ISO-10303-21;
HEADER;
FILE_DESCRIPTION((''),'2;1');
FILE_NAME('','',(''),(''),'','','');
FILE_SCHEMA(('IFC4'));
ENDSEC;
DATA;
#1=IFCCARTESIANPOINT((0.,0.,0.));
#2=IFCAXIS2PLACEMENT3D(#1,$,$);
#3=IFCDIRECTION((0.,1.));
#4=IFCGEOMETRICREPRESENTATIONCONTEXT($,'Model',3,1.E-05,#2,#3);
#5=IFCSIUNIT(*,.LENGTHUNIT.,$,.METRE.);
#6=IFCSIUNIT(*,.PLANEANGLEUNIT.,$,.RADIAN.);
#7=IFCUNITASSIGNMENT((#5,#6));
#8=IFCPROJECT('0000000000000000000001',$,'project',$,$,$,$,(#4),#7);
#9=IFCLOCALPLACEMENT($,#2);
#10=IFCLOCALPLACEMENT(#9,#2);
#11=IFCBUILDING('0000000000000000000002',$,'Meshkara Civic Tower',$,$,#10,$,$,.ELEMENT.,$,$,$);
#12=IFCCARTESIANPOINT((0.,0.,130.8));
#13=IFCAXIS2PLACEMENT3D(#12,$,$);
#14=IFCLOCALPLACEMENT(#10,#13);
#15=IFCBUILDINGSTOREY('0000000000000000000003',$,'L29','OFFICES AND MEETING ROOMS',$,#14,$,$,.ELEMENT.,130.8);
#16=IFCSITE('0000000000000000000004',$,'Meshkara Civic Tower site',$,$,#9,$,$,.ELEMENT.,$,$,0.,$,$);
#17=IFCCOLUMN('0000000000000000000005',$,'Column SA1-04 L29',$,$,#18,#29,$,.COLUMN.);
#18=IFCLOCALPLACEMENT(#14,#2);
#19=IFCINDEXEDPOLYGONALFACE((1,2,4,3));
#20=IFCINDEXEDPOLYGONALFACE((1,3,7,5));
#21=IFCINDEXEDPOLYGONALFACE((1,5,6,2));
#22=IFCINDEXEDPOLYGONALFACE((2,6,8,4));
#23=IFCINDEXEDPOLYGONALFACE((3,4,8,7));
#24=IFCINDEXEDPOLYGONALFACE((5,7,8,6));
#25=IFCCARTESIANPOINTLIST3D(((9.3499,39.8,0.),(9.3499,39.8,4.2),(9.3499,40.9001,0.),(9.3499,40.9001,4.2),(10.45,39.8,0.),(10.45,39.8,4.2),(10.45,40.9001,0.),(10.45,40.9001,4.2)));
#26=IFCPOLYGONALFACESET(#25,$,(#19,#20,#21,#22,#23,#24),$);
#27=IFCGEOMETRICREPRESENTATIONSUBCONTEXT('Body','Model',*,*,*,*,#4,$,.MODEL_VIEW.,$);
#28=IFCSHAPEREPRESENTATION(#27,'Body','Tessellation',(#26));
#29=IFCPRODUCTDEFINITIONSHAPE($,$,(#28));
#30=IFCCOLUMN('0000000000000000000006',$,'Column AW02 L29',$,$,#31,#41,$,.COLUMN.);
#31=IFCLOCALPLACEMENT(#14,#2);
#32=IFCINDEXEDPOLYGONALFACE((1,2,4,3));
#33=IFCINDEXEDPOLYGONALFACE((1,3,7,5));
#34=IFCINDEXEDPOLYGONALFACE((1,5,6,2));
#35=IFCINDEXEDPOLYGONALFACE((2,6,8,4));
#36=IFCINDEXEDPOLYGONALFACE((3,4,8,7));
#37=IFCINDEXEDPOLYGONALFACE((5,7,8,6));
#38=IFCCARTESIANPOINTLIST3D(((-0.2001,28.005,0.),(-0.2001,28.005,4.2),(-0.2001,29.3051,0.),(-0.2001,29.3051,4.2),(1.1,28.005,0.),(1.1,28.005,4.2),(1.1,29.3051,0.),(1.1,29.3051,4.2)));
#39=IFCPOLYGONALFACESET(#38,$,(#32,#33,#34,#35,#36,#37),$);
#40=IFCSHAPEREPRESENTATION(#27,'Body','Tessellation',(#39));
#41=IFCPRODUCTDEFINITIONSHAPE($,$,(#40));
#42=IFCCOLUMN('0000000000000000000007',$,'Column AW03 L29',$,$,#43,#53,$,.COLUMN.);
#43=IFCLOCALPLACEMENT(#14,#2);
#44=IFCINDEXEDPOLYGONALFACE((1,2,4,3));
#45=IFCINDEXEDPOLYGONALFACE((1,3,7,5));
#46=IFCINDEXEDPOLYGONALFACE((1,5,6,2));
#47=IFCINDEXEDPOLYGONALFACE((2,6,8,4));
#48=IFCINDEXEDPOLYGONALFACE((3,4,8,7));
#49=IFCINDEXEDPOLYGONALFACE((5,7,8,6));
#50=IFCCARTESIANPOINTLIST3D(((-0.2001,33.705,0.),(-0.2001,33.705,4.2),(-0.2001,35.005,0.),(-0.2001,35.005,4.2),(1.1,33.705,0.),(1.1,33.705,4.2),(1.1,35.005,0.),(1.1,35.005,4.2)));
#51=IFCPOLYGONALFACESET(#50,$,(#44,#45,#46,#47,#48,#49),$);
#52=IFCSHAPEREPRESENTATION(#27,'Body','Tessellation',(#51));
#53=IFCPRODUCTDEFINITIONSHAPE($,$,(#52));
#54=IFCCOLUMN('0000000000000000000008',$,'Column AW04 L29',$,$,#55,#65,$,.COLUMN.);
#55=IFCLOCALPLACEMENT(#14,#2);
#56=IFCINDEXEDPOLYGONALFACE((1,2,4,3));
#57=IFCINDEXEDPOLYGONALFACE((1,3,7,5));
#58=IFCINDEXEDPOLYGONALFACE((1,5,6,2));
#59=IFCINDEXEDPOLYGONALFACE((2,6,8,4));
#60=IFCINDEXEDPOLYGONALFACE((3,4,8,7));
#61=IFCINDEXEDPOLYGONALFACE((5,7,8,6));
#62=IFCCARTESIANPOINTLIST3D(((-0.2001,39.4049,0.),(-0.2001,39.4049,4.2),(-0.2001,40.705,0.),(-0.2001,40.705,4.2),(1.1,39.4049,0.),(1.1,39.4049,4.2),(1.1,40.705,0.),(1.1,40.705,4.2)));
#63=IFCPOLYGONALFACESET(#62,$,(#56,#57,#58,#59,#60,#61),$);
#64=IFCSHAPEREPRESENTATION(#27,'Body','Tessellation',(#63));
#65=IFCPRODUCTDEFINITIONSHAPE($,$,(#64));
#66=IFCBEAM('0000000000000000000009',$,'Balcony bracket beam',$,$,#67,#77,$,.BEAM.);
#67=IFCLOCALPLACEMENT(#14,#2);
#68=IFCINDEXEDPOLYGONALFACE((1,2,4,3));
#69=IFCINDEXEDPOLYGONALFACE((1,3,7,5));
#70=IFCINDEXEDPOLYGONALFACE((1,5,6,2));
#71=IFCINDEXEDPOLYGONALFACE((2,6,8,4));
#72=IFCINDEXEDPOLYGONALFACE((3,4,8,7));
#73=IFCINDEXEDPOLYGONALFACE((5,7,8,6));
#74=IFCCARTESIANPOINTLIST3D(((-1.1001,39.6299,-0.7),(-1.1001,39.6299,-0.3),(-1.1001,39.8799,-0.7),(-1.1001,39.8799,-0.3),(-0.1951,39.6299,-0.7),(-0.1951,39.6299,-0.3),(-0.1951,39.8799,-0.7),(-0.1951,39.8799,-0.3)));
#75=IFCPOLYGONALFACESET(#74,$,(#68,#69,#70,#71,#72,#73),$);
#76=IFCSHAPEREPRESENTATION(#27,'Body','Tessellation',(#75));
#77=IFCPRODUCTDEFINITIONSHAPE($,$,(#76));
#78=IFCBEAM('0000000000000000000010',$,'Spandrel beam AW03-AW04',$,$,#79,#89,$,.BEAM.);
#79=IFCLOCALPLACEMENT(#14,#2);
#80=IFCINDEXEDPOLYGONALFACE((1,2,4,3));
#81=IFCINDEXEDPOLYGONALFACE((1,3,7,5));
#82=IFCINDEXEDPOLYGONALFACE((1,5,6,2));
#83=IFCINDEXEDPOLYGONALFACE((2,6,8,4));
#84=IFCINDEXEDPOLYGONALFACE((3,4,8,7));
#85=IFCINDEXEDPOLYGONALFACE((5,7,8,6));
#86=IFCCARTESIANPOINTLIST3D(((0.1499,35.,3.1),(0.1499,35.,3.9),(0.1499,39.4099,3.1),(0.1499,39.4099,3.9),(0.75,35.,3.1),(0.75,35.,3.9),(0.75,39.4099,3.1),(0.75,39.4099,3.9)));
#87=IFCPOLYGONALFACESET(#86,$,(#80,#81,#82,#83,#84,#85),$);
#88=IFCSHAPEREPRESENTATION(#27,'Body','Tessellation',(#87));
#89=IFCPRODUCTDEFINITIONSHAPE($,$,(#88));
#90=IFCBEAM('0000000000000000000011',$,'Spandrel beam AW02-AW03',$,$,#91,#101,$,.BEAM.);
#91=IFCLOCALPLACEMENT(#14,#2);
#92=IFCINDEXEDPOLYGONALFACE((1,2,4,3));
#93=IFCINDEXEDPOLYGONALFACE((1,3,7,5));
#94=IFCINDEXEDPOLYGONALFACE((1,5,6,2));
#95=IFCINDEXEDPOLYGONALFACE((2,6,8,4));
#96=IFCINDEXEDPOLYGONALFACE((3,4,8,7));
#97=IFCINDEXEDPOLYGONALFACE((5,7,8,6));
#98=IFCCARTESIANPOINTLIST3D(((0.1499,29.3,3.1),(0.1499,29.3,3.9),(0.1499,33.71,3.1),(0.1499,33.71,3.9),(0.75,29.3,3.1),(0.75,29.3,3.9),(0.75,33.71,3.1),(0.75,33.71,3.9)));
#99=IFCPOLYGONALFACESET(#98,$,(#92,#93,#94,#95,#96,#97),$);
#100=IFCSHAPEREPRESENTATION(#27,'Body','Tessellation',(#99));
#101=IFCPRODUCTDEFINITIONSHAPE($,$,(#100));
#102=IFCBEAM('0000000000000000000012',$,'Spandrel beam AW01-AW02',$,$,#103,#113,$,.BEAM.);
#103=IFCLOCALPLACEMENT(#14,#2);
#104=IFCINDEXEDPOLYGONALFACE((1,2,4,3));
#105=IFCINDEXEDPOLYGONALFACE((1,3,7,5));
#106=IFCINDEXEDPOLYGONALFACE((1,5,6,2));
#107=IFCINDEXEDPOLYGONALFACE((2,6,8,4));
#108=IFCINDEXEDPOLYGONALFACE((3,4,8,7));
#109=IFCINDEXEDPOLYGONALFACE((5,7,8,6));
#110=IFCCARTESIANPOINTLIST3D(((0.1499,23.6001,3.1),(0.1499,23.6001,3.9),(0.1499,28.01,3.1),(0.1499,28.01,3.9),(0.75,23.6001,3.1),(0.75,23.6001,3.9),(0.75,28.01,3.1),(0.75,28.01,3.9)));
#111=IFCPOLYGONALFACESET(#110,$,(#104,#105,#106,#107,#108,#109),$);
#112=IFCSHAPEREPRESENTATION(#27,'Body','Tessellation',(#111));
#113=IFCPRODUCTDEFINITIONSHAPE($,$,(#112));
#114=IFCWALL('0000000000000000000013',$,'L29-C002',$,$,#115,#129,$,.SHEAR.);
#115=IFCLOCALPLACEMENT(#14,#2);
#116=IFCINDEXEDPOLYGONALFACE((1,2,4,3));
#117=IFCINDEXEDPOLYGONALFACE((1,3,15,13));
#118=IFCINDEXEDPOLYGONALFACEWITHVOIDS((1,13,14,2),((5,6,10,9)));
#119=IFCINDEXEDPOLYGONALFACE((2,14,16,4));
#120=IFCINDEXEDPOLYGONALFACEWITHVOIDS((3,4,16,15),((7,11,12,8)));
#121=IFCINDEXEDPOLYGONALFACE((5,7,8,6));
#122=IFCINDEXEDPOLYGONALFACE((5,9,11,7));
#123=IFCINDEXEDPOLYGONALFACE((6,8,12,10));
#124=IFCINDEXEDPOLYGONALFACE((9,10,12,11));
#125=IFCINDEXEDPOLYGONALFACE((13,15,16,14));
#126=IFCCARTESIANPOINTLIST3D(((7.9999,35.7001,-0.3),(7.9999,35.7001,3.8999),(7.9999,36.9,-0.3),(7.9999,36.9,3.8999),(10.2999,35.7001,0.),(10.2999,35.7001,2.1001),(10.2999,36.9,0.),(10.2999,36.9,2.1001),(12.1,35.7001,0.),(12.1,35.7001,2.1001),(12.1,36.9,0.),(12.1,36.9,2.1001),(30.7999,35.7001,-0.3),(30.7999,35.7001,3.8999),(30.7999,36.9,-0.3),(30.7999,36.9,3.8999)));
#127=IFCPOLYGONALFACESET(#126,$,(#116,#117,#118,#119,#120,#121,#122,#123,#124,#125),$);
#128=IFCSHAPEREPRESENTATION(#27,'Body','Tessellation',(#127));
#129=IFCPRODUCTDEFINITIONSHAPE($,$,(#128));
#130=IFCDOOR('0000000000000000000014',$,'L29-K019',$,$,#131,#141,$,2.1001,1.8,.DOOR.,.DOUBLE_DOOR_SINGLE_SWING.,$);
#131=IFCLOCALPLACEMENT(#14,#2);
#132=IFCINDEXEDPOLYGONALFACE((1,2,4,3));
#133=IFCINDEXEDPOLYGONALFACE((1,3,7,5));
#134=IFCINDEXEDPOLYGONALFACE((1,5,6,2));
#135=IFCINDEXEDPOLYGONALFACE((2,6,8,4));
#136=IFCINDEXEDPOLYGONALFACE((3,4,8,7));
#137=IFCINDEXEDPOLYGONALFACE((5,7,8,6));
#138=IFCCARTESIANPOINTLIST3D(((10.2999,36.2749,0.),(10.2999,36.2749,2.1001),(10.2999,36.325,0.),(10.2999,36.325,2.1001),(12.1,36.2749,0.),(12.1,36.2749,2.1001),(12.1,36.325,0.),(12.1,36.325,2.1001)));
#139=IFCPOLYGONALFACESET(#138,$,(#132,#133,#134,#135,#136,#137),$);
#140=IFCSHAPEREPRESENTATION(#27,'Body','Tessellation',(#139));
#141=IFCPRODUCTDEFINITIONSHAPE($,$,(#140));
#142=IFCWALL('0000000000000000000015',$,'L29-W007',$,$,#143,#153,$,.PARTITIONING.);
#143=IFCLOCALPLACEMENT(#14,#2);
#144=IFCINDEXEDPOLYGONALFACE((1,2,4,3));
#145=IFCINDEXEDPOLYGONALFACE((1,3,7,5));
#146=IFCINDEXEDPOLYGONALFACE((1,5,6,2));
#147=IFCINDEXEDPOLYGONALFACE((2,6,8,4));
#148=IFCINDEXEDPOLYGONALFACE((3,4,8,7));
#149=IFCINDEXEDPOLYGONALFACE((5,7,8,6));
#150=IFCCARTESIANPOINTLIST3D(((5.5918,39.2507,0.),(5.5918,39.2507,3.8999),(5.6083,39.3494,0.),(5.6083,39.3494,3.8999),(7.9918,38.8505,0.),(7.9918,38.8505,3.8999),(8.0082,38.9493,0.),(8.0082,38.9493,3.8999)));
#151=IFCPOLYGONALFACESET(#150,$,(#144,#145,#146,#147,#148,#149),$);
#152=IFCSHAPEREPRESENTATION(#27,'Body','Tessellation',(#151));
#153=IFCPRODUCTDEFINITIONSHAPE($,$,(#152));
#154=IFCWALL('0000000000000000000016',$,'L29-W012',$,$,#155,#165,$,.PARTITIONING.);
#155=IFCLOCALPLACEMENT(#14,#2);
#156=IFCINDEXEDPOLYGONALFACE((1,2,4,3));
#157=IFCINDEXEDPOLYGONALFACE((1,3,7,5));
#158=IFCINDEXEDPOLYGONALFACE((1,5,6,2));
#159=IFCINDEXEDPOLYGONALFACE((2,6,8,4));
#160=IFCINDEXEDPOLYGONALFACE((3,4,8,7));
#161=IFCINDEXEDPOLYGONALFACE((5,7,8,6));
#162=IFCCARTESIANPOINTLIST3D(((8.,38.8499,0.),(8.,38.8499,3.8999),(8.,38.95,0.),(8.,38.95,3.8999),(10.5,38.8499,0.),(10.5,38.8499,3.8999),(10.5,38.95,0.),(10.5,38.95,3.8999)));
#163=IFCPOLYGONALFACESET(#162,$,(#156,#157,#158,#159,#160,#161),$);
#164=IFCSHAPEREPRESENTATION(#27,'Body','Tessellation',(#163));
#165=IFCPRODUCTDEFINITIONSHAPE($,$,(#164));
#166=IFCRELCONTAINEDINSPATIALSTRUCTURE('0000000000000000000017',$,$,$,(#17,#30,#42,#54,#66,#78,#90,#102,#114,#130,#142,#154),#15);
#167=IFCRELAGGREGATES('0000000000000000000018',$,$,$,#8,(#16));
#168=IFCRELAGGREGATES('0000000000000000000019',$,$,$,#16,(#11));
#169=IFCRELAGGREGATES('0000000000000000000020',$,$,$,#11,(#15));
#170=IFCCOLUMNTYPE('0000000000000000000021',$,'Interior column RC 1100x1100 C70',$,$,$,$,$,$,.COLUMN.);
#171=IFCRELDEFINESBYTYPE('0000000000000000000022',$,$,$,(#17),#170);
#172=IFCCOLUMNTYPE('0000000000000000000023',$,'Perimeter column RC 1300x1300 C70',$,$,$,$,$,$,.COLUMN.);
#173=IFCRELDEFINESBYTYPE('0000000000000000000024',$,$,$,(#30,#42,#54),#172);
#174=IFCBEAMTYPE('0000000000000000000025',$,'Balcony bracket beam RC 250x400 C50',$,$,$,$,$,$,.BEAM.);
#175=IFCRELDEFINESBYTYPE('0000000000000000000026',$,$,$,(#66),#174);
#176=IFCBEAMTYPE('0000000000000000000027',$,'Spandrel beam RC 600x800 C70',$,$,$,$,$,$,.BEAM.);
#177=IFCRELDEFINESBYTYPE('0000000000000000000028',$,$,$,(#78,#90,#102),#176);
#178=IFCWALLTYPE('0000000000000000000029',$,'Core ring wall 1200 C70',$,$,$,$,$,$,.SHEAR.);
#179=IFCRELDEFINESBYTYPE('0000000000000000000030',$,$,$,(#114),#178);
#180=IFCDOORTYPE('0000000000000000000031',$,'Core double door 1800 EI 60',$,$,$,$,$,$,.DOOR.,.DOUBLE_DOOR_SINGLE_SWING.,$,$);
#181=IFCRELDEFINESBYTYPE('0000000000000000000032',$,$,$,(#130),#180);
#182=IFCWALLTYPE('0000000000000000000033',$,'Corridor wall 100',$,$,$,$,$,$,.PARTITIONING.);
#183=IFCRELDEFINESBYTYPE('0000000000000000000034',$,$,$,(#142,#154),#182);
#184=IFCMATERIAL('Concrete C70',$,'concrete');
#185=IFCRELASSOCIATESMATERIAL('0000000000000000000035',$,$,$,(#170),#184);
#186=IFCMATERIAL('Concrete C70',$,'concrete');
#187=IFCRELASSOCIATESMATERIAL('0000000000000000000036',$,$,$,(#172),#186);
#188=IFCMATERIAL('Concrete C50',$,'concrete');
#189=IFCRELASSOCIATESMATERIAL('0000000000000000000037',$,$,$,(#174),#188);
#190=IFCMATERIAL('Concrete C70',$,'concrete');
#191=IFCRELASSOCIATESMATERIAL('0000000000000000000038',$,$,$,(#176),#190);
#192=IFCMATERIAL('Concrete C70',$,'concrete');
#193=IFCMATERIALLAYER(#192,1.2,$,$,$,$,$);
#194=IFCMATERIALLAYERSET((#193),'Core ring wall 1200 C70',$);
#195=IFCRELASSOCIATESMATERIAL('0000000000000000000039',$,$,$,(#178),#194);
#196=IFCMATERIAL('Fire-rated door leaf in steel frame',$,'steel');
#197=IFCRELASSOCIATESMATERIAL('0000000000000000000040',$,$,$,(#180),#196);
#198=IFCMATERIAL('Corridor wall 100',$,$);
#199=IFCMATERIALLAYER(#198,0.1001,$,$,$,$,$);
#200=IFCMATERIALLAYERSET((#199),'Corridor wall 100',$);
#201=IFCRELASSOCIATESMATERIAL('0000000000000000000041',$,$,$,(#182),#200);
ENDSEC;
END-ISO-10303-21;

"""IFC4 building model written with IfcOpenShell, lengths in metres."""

from ifc_helpers import new_model, si_unit, direction, frame, frame_2d, origin, origin_2d, place, context, subcontext, project, spatial, rectangle, extrude, material, layer, layer_set, material_profile, profile_set, type_object, element, fill, save


model = new_model("IFC4")

# Units and contexts
model_context = context("Model", 3, precision=1e-05, world=origin(), true_north=direction((0.0, 1.0)))
body_context = subcontext(model_context, "Body", "Model", "MODEL_VIEW")
ifc_project = project(units=[si_unit("LENGTHUNIT", "METRE"), si_unit("PLANEANGLEUNIT", "RADIAN")], contexts=[model_context])

# Site, building, storey
site_placement = place(None, origin())
site = spatial("IfcSite", under=ifc_project, at=site_placement, Name="Meshkara Civic Tower site", CompositionType="ELEMENT", RefElevation=0.0)
building_placement = place(site_placement, origin())
building = spatial("IfcBuilding", under=site, at=building_placement, Name="Meshkara Civic Tower", CompositionType="ELEMENT")
storey_placement = place(building_placement, frame((0.0, 0.0, 130.8)))
storey = spatial("IfcBuildingStorey", under=building, at=storey_placement, Name="L29", Description="OFFICES AND MEETING ROOMS", CompositionType="ELEMENT", Elevation=130.8)

# Columns
ifc_material_1 = material(Name="Concrete C70", Category="concrete")
ifc_material_profile_1 = material_profile(ifc_material_1, rectangle(XDim=1.1001, YDim=1.1001, at=origin_2d()))
ifc_profile_set_1 = profile_set([ifc_material_profile_1], Name="Concrete C70")
column_type_1 = type_object("IfcColumnType", Name="Interior column RC 1100x1100 C70", PredefinedType="COLUMN", material=ifc_profile_set_1)
column_placement = place(storey_placement, frame((9.8999, 40.3501, 0.0), z_axis=(0.0, 0.0, 1.0), x_axis=(1.0, 0.0, 0.0)))
element("IfcColumn", 1, at=column_placement, inside=storey, type_object=column_type_1, Name="Column SA1-04 L29", PredefinedType="COLUMN", context=body_context, shape_type="SweptSolid", body=[
    extrude(rectangle(XDim=1.1001, YDim=1.1001, at=origin_2d()), origin(), (0.0, 0.0, 1.0), 4.2),
])
ifc_material_2 = material(Name="Concrete C70", Category="concrete")
ifc_material_profile_2 = material_profile(ifc_material_2, rectangle(XDim=1.3, YDim=1.3, at=origin_2d()))
ifc_profile_set_2 = profile_set([ifc_material_profile_2], Name="Concrete C70")
column_type_2 = type_object("IfcColumnType", Name="Perimeter column RC 1300x1300 C70", PredefinedType="COLUMN", material=ifc_profile_set_2)
for number, where, z_axis, x_axis, name in (
    (2, (0.45, 28.655, 0.0), (0.0, 0.0, 1.0), (1.0, 0.0, 0.0), "Column AW02 L29"),
    (3, (0.45, 34.355, 0.0), (0.0, 0.0, 1.0), (1.0, 0.0, 0.0), "Column AW03 L29"),
    (4, (0.45, 40.0549, 0.0), (0.0, 0.0, 1.0), (1.0, 0.0, 0.0), "Column AW04 L29"),
):
    element("IfcColumn", number, at=place(storey_placement, frame(where, z_axis=z_axis, x_axis=x_axis)), inside=storey, type_object=column_type_2, Name=name, PredefinedType="COLUMN", context=body_context, shape_type="SweptSolid", body=[
        extrude(rectangle(XDim=1.3, YDim=1.3, at=origin_2d()), origin(), (0.0, 0.0, 1.0), 4.2),
    ])

# Beams
ifc_material_3 = material(Name="Concrete C50", Category="concrete")
ifc_material_profile_3 = material_profile(ifc_material_3, rectangle(XDim=0.25, YDim=0.3999, at=origin_2d()))
ifc_profile_set_3 = profile_set([ifc_material_profile_3], Name="Concrete C50")
beam_type_1 = type_object("IfcBeamType", Name="Balcony bracket beam RC 250x400 C50", PredefinedType="BEAM", material=ifc_profile_set_3)
beam_placement = place(storey_placement, frame((-0.1951, 39.7549, -0.5), z_axis=(-1.0, 0.0, 0.0), x_axis=(0.0, -1.0, 0.0)))
element("IfcBeam", 5, at=beam_placement, inside=storey, type_object=beam_type_1, Name="Balcony bracket beam", PredefinedType="BEAM", context=body_context, shape_type="SweptSolid", body=[
    extrude(rectangle(XDim=0.25, YDim=0.3999, at=origin_2d()), origin(), (0.0, 0.0, 1.0), 0.905),
])
ifc_material_4 = material(Name="Concrete C70", Category="concrete")
ifc_material_profile_4 = material_profile(ifc_material_4, rectangle(XDim=0.6001, YDim=0.8, at=origin_2d()))
ifc_profile_set_4 = profile_set([ifc_material_profile_4], Name="Concrete C70")
beam_type_2 = type_object("IfcBeamType", Name="Spandrel beam RC 600x800 C70", PredefinedType="BEAM", material=ifc_profile_set_4)
for number, where, z_axis, x_axis, name in (
    (6, (0.45, 39.4099, 3.5), (0.0, -1.0, 0.0), (1.0, 0.0, 0.0), "Spandrel beam AW03-AW04"),
    (7, (0.45, 33.71, 3.5), (0.0, -1.0, 0.0), (1.0, 0.0, 0.0), "Spandrel beam AW02-AW03"),
    (8, (0.45, 28.01, 3.5), (0.0, -1.0, 0.0), (1.0, 0.0, 0.0), "Spandrel beam AW01-AW02"),
):
    element("IfcBeam", number, at=place(storey_placement, frame(where, z_axis=z_axis, x_axis=x_axis)), inside=storey, type_object=beam_type_2, Name=name, PredefinedType="BEAM", context=body_context, shape_type="SweptSolid", body=[
        extrude(rectangle(XDim=0.6001, YDim=0.8, at=origin_2d()), origin(), (0.0, 0.0, 1.0), 4.4099),
    ])

# Wall, opening, door
ifc_material_5 = material(Name="Concrete C70", Category="concrete")
ifc_layer_1 = layer(ifc_material_5, 1.2)
ifc_layer_set_1 = layer_set([ifc_layer_1], Name="Core ring wall 1200 C70")
wall_type_1 = type_object("IfcWallType", Name="Core ring wall 1200 C70", PredefinedType="SHEAR", material=ifc_layer_set_1)
wall_1_placement = place(storey_placement, frame((8.0, 36.3, -0.3), z_axis=(0.0, 0.0, 1.0), x_axis=(1.0, 0.0, 0.0)))
wall_1 = element("IfcWall", 9, at=wall_1_placement, inside=storey, type_object=wall_type_1, Name="L29-C002", PredefinedType="SHEAR", context=body_context, shape_type="SweptSolid", body=[
    extrude(rectangle(XDim=22.8, YDim=1.2, at=frame_2d((11.3999, 0.0))), origin(), (0.0, 0.0, 1.0), 4.2),
])
opening_1_placement = place(wall_1_placement, frame((2.3, 0.0, 0.3)))
opening_1 = element("IfcOpeningElement", 10, at=opening_1_placement, cuts=wall_1, PredefinedType="OPENING", context=body_context, shape_type="SweptSolid", body=[
    extrude(rectangle(XDim=1.8, YDim=2.1001, at=frame_2d((0.8999, 1.05))), frame((0.0, 0.6099, 0.0), z_axis=(0.0, -1.0, 0.0), x_axis=(1.0, 0.0, 0.0)), (0.0, 0.0, 1.0), 1.22),
])
ifc_material_6 = material(Name="Fire-rated door leaf in steel frame", Category="steel")
door_type_1 = type_object("IfcDoorType", Name="Core double door 1800 EI 60", OperationType="DOUBLE_DOOR_SINGLE_SWING", PredefinedType="DOOR", material=ifc_material_6)
door_1_placement = place(opening_1_placement, origin())
door_1 = element("IfcDoor", 11, at=door_1_placement, inside=storey, type_object=door_type_1, Name="L29-K019", OperationType="DOUBLE_DOOR_SINGLE_SWING", OverallHeight=2.1001, OverallWidth=1.8, PredefinedType="DOOR", context=body_context, shape_type="SweptSolid", body=[
    extrude(rectangle(XDim=1.8, YDim=2.1001, at=frame_2d((0.8999, 1.05))), frame((0.0, 0.0249, 0.0), z_axis=(0.0, -1.0, 0.0), x_axis=(1.0, 0.0, 0.0)), (0.0, 0.0, 1.0), 0.05),
])
fill(opening_1, door_1)

# Walls
ifc_material_7 = material(Name="Corridor wall 100")
ifc_layer_2 = layer(ifc_material_7, 0.1001)
ifc_layer_set_2 = layer_set([ifc_layer_2], Name="Corridor wall 100")
wall_type_2 = type_object("IfcWallType", Name="Corridor wall 100", PredefinedType="PARTITIONING", material=ifc_layer_set_2)
wall_2_placement = place(storey_placement, frame((8.0, 38.8999, 0.0), z_axis=(0.0, 0.0, 1.0), x_axis=(-0.986383, 0.164464, 0.0)))
element("IfcWall", 12, at=wall_2_placement, inside=storey, type_object=wall_type_2, Name="L29-W007", PredefinedType="PARTITIONING", context=body_context, shape_type="SweptSolid", body=[
    extrude(rectangle(XDim=2.4331, YDim=0.1001, at=frame_2d((1.2166, 0.0))), origin(), (0.0, 0.0, 1.0), 3.8999),
])
wall_3_placement = place(storey_placement, frame((10.5, 38.8999, 0.0), z_axis=(0.0, 0.0, 1.0), x_axis=(-1.0, 0.0, 0.0)))
element("IfcWall", 13, at=wall_3_placement, inside=storey, type_object=wall_type_2, Name="L29-W012", PredefinedType="PARTITIONING", context=body_context, shape_type="SweptSolid", body=[
    extrude(rectangle(XDim=2.5, YDim=0.1001, at=frame_2d((1.25, 0.0))), origin(), (0.0, 0.0, 1.0), 3.8999),
])

save(model, "model.ifc")
